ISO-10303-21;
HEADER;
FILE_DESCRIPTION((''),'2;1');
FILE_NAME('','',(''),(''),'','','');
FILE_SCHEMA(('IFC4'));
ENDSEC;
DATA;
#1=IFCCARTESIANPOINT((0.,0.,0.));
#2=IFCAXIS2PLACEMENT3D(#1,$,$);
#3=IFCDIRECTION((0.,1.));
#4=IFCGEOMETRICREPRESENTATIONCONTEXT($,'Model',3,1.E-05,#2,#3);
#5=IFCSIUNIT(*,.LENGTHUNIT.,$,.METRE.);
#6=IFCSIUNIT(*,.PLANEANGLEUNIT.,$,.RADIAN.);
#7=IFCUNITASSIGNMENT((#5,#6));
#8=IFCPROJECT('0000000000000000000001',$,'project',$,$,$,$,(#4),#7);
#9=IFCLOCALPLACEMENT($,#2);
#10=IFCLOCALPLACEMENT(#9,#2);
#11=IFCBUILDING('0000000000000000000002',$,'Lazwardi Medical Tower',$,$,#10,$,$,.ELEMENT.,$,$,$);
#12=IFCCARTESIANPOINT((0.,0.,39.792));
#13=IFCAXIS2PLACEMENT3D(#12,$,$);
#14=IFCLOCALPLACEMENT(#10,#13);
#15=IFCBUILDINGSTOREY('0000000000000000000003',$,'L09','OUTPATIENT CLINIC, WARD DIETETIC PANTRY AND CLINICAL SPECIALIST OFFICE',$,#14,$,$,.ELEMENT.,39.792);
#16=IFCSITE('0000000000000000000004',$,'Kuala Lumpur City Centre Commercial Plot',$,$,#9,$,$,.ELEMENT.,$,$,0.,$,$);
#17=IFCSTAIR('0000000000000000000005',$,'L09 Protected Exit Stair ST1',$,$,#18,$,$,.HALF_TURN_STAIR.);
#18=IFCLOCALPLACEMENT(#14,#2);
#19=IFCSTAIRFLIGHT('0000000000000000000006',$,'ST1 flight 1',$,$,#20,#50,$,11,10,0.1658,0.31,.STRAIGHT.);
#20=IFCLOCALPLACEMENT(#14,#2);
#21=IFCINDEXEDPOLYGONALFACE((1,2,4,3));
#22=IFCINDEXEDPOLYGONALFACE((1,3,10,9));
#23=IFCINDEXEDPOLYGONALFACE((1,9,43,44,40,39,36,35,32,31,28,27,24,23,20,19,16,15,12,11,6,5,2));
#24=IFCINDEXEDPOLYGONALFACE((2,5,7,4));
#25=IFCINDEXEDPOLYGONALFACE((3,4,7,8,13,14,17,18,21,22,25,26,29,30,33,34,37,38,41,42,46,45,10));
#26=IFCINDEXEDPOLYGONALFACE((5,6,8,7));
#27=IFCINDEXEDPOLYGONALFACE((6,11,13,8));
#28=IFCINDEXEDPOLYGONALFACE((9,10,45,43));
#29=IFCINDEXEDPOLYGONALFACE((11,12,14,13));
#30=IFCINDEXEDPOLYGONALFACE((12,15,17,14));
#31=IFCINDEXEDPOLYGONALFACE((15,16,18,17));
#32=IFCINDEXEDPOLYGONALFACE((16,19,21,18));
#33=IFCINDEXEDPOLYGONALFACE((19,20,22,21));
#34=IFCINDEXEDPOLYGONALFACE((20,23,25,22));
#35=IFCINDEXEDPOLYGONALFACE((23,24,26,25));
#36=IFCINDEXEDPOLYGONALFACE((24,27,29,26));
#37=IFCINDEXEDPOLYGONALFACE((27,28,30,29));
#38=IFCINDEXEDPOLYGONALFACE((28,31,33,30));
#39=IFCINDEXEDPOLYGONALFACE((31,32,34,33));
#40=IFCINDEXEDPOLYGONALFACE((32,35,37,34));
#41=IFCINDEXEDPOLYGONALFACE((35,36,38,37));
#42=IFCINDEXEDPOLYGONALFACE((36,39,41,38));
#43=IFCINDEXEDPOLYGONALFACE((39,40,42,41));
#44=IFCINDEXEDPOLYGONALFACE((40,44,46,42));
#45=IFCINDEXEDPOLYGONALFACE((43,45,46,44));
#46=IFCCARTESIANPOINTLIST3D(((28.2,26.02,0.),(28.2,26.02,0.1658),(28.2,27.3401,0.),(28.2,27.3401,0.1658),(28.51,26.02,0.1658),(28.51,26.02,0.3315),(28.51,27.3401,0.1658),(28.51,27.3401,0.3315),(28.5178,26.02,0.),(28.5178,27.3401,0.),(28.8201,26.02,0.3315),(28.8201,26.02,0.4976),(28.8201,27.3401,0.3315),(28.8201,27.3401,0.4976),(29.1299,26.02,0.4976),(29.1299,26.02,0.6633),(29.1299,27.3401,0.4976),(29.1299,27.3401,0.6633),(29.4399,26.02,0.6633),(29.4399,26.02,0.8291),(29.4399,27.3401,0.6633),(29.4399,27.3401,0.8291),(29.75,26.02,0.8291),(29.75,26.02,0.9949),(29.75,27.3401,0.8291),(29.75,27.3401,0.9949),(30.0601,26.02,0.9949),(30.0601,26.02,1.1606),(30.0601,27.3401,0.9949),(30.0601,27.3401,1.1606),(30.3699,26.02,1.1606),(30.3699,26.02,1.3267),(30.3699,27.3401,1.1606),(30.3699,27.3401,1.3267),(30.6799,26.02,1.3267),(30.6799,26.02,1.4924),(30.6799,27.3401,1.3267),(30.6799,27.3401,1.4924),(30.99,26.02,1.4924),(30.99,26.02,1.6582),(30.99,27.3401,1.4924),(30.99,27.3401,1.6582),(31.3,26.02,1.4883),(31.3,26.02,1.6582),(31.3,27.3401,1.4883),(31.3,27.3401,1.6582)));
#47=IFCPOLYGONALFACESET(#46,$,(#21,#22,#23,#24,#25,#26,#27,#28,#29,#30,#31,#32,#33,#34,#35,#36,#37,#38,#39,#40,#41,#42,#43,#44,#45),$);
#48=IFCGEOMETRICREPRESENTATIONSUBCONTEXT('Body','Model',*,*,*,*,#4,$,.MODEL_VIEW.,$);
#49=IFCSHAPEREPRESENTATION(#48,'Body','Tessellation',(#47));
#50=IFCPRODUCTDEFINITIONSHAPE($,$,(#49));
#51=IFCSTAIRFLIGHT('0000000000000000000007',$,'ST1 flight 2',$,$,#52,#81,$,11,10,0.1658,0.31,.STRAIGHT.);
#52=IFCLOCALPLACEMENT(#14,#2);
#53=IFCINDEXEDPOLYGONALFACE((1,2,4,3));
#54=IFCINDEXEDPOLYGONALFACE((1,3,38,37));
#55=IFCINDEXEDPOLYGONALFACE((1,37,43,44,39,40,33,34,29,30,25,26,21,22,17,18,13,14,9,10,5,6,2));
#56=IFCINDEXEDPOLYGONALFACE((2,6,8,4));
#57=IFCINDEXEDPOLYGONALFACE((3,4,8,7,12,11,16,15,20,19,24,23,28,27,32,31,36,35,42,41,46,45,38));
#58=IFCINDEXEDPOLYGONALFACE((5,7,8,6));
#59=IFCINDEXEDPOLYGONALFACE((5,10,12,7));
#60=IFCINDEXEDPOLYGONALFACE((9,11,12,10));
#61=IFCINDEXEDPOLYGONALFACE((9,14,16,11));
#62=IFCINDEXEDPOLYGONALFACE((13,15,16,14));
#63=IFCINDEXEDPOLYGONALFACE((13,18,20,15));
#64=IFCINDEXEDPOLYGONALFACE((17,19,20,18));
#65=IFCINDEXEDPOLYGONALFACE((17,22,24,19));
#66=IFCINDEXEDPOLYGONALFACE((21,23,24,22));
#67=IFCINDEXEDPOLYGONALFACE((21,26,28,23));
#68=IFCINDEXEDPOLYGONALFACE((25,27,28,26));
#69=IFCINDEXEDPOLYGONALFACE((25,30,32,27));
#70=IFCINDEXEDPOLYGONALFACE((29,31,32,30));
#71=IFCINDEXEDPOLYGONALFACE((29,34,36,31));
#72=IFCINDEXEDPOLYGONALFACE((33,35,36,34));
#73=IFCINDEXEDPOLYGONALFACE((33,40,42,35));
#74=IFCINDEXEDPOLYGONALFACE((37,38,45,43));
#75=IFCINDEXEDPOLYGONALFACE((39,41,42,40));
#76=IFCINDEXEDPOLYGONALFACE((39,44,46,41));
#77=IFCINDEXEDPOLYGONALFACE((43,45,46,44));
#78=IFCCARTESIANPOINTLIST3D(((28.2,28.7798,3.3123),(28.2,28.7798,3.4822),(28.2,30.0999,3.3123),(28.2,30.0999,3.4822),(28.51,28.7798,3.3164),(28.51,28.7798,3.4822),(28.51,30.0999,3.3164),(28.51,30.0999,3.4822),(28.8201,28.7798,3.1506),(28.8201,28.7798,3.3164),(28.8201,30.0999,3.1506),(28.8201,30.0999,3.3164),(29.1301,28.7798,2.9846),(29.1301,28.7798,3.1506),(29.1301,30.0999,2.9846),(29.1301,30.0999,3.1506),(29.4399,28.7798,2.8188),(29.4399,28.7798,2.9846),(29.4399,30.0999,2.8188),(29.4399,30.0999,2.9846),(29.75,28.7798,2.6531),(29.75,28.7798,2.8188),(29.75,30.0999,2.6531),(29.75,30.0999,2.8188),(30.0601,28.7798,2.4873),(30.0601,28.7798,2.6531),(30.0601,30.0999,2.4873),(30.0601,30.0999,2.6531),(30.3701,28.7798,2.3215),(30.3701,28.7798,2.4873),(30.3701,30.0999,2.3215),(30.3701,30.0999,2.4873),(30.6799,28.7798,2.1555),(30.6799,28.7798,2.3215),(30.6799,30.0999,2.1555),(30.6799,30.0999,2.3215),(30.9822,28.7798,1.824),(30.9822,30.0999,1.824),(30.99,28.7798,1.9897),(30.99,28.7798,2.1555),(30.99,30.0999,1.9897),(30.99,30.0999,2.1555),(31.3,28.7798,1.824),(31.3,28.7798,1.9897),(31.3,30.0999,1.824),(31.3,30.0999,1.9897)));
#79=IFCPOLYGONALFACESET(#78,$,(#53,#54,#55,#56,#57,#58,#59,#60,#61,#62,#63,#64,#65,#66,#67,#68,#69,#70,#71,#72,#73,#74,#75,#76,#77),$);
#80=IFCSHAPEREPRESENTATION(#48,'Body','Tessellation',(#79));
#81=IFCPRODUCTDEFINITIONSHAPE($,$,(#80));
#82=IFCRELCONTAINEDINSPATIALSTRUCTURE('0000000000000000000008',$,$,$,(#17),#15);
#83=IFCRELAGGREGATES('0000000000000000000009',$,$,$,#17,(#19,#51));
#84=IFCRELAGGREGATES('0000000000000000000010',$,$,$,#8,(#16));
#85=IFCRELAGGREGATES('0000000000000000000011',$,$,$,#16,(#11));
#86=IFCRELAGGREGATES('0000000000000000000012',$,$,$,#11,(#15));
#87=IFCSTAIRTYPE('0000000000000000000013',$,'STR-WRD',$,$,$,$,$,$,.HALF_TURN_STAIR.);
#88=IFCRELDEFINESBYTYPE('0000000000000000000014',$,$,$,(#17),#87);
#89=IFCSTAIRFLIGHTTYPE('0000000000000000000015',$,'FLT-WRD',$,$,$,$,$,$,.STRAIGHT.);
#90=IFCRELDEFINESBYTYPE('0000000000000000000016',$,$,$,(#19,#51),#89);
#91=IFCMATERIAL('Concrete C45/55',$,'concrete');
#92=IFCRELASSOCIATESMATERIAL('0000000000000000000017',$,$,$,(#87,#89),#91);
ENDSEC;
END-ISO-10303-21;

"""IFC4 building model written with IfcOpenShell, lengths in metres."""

from ifc_helpers import new_model, si_unit, direction, frame, origin, place, context, subcontext, project, spatial, polyline, outline, extrude, material, type_object, element, aggregate, save


model = new_model("IFC4")

# Units and contexts
model_context = context("Model", 3, precision=1e-05, world=origin(), true_north=direction((0.0, 1.0)))
body_context = subcontext(model_context, "Body", "Model", "MODEL_VIEW")
ifc_project = project(units=[si_unit("LENGTHUNIT", "METRE"), si_unit("PLANEANGLEUNIT", "RADIAN")], contexts=[model_context])

# Site, building, storey
site_placement = place(None, origin())
site = spatial("IfcSite", under=ifc_project, at=site_placement, Name="Kuala Lumpur City Centre Commercial Plot", CompositionType="ELEMENT", RefElevation=0.0)
building_placement = place(site_placement, origin())
building = spatial("IfcBuilding", under=site, at=building_placement, Name="Lazwardi Medical Tower", CompositionType="ELEMENT")
storey_placement = place(building_placement, frame((0.0, 0.0, 39.792)))
storey = spatial("IfcBuildingStorey", under=building, at=storey_placement, Name="L09", Description="OUTPATIENT CLINIC, WARD DIETETIC PANTRY AND CLINICAL SPECIALIST OFFICE", CompositionType="ELEMENT", Elevation=39.792)

# Stair, stair flights
ifc_material_1 = material(Name="Concrete C45/55", Category="concrete")
stair_type = type_object("IfcStairType", Name="STR-WRD", PredefinedType="HALF_TURN_STAIR", material=ifc_material_1)
stair_placement = place(storey_placement, origin())
stair = element("IfcStair", 1, at=stair_placement, inside=storey, type_object=stair_type, Name="L09 Protected Exit Stair ST1", PredefinedType="HALF_TURN_STAIR")
stair_flight_type = type_object("IfcStairFlightType", Name="FLT-WRD", PredefinedType="STRAIGHT", material=ifc_material_1)
stair_flight_1_placement = place(storey_placement, frame((28.2, 26.6799, 0.0), z_axis=(0.0, 0.0, 1.0), x_axis=(1.0, 0.0, 0.0)))
stair_flight_1 = element("IfcStairFlight", 2, at=stair_flight_1_placement, type_object=stair_flight_type, Name="ST1 flight 1", NumberOfRisers=11, NumberOfTreads=10, PredefinedType="STRAIGHT", RiserHeight=0.1658, TreadLength=0.31, context=body_context, shape_type="SweptSolid", body=[
    extrude(outline(polyline([(0.0, 0.0), (0.0, 0.1658), (0.3101, 0.1658), (0.3101, 0.3315), (0.6201, 0.3315), (0.6201, 0.4976), (0.9299, 0.4976), (0.9299, 0.6633), (1.24, 0.6633), (1.24, 0.8291), (1.55, 0.8291), (1.55, 0.9949), (1.8601, 0.9949), (1.8601, 1.1606), (2.1699, 1.1606), (2.1699, 1.3267), (2.48, 1.3267), (2.48, 1.4924), (2.79, 1.4924), (2.79, 1.6582), (3.1001, 1.6582), (3.1001, 1.824), (3.1001, 1.4883), (0.3179, 0.0), (0.0, 0.0)])), frame((0.0, 0.6602, 0.0), z_axis=(0.0, -1.0, 0.0), x_axis=(1.0, 0.0, 0.0)), (0.0, 0.0, 1.0), 1.3201),
])
stair_flight_2_placement = place(storey_placement, frame((31.3, 29.4399, 1.824), z_axis=(0.0, 0.0, 1.0), x_axis=(-1.0, 0.0, 0.0)))
stair_flight_2 = element("IfcStairFlight", 3, at=stair_flight_2_placement, type_object=stair_flight_type, Name="ST1 flight 2", NumberOfRisers=11, NumberOfTreads=10, PredefinedType="STRAIGHT", RiserHeight=0.1658, TreadLength=0.31, context=body_context, shape_type="SweptSolid", body=[
    extrude(outline(polyline([(0.0, 0.0), (0.0, 0.1658), (0.3101, 0.1658), (0.3101, 0.3315), (0.6201, 0.3315), (0.6201, 0.4976), (0.9299, 0.4976), (0.9299, 0.6633), (1.24, 0.6633), (1.24, 0.8291), (1.55, 0.8291), (1.55, 0.9949), (1.8601, 0.9949), (1.8601, 1.1606), (2.1699, 1.1606), (2.1699, 1.3267), (2.48, 1.3267), (2.48, 1.4924), (2.79, 1.4924), (2.79, 1.6582), (3.1001, 1.6582), (3.1001, 1.824), (3.1001, 1.4883), (0.3179, 0.0), (0.0, 0.0)])), frame((0.0, 0.6602, 0.0), z_axis=(0.0, -1.0, 0.0), x_axis=(1.0, 0.0, 0.0)), (0.0, 0.0, 1.0), 1.3201),
])
aggregate(stair, [stair_flight_1, stair_flight_2])

save(model, "model.ifc")
